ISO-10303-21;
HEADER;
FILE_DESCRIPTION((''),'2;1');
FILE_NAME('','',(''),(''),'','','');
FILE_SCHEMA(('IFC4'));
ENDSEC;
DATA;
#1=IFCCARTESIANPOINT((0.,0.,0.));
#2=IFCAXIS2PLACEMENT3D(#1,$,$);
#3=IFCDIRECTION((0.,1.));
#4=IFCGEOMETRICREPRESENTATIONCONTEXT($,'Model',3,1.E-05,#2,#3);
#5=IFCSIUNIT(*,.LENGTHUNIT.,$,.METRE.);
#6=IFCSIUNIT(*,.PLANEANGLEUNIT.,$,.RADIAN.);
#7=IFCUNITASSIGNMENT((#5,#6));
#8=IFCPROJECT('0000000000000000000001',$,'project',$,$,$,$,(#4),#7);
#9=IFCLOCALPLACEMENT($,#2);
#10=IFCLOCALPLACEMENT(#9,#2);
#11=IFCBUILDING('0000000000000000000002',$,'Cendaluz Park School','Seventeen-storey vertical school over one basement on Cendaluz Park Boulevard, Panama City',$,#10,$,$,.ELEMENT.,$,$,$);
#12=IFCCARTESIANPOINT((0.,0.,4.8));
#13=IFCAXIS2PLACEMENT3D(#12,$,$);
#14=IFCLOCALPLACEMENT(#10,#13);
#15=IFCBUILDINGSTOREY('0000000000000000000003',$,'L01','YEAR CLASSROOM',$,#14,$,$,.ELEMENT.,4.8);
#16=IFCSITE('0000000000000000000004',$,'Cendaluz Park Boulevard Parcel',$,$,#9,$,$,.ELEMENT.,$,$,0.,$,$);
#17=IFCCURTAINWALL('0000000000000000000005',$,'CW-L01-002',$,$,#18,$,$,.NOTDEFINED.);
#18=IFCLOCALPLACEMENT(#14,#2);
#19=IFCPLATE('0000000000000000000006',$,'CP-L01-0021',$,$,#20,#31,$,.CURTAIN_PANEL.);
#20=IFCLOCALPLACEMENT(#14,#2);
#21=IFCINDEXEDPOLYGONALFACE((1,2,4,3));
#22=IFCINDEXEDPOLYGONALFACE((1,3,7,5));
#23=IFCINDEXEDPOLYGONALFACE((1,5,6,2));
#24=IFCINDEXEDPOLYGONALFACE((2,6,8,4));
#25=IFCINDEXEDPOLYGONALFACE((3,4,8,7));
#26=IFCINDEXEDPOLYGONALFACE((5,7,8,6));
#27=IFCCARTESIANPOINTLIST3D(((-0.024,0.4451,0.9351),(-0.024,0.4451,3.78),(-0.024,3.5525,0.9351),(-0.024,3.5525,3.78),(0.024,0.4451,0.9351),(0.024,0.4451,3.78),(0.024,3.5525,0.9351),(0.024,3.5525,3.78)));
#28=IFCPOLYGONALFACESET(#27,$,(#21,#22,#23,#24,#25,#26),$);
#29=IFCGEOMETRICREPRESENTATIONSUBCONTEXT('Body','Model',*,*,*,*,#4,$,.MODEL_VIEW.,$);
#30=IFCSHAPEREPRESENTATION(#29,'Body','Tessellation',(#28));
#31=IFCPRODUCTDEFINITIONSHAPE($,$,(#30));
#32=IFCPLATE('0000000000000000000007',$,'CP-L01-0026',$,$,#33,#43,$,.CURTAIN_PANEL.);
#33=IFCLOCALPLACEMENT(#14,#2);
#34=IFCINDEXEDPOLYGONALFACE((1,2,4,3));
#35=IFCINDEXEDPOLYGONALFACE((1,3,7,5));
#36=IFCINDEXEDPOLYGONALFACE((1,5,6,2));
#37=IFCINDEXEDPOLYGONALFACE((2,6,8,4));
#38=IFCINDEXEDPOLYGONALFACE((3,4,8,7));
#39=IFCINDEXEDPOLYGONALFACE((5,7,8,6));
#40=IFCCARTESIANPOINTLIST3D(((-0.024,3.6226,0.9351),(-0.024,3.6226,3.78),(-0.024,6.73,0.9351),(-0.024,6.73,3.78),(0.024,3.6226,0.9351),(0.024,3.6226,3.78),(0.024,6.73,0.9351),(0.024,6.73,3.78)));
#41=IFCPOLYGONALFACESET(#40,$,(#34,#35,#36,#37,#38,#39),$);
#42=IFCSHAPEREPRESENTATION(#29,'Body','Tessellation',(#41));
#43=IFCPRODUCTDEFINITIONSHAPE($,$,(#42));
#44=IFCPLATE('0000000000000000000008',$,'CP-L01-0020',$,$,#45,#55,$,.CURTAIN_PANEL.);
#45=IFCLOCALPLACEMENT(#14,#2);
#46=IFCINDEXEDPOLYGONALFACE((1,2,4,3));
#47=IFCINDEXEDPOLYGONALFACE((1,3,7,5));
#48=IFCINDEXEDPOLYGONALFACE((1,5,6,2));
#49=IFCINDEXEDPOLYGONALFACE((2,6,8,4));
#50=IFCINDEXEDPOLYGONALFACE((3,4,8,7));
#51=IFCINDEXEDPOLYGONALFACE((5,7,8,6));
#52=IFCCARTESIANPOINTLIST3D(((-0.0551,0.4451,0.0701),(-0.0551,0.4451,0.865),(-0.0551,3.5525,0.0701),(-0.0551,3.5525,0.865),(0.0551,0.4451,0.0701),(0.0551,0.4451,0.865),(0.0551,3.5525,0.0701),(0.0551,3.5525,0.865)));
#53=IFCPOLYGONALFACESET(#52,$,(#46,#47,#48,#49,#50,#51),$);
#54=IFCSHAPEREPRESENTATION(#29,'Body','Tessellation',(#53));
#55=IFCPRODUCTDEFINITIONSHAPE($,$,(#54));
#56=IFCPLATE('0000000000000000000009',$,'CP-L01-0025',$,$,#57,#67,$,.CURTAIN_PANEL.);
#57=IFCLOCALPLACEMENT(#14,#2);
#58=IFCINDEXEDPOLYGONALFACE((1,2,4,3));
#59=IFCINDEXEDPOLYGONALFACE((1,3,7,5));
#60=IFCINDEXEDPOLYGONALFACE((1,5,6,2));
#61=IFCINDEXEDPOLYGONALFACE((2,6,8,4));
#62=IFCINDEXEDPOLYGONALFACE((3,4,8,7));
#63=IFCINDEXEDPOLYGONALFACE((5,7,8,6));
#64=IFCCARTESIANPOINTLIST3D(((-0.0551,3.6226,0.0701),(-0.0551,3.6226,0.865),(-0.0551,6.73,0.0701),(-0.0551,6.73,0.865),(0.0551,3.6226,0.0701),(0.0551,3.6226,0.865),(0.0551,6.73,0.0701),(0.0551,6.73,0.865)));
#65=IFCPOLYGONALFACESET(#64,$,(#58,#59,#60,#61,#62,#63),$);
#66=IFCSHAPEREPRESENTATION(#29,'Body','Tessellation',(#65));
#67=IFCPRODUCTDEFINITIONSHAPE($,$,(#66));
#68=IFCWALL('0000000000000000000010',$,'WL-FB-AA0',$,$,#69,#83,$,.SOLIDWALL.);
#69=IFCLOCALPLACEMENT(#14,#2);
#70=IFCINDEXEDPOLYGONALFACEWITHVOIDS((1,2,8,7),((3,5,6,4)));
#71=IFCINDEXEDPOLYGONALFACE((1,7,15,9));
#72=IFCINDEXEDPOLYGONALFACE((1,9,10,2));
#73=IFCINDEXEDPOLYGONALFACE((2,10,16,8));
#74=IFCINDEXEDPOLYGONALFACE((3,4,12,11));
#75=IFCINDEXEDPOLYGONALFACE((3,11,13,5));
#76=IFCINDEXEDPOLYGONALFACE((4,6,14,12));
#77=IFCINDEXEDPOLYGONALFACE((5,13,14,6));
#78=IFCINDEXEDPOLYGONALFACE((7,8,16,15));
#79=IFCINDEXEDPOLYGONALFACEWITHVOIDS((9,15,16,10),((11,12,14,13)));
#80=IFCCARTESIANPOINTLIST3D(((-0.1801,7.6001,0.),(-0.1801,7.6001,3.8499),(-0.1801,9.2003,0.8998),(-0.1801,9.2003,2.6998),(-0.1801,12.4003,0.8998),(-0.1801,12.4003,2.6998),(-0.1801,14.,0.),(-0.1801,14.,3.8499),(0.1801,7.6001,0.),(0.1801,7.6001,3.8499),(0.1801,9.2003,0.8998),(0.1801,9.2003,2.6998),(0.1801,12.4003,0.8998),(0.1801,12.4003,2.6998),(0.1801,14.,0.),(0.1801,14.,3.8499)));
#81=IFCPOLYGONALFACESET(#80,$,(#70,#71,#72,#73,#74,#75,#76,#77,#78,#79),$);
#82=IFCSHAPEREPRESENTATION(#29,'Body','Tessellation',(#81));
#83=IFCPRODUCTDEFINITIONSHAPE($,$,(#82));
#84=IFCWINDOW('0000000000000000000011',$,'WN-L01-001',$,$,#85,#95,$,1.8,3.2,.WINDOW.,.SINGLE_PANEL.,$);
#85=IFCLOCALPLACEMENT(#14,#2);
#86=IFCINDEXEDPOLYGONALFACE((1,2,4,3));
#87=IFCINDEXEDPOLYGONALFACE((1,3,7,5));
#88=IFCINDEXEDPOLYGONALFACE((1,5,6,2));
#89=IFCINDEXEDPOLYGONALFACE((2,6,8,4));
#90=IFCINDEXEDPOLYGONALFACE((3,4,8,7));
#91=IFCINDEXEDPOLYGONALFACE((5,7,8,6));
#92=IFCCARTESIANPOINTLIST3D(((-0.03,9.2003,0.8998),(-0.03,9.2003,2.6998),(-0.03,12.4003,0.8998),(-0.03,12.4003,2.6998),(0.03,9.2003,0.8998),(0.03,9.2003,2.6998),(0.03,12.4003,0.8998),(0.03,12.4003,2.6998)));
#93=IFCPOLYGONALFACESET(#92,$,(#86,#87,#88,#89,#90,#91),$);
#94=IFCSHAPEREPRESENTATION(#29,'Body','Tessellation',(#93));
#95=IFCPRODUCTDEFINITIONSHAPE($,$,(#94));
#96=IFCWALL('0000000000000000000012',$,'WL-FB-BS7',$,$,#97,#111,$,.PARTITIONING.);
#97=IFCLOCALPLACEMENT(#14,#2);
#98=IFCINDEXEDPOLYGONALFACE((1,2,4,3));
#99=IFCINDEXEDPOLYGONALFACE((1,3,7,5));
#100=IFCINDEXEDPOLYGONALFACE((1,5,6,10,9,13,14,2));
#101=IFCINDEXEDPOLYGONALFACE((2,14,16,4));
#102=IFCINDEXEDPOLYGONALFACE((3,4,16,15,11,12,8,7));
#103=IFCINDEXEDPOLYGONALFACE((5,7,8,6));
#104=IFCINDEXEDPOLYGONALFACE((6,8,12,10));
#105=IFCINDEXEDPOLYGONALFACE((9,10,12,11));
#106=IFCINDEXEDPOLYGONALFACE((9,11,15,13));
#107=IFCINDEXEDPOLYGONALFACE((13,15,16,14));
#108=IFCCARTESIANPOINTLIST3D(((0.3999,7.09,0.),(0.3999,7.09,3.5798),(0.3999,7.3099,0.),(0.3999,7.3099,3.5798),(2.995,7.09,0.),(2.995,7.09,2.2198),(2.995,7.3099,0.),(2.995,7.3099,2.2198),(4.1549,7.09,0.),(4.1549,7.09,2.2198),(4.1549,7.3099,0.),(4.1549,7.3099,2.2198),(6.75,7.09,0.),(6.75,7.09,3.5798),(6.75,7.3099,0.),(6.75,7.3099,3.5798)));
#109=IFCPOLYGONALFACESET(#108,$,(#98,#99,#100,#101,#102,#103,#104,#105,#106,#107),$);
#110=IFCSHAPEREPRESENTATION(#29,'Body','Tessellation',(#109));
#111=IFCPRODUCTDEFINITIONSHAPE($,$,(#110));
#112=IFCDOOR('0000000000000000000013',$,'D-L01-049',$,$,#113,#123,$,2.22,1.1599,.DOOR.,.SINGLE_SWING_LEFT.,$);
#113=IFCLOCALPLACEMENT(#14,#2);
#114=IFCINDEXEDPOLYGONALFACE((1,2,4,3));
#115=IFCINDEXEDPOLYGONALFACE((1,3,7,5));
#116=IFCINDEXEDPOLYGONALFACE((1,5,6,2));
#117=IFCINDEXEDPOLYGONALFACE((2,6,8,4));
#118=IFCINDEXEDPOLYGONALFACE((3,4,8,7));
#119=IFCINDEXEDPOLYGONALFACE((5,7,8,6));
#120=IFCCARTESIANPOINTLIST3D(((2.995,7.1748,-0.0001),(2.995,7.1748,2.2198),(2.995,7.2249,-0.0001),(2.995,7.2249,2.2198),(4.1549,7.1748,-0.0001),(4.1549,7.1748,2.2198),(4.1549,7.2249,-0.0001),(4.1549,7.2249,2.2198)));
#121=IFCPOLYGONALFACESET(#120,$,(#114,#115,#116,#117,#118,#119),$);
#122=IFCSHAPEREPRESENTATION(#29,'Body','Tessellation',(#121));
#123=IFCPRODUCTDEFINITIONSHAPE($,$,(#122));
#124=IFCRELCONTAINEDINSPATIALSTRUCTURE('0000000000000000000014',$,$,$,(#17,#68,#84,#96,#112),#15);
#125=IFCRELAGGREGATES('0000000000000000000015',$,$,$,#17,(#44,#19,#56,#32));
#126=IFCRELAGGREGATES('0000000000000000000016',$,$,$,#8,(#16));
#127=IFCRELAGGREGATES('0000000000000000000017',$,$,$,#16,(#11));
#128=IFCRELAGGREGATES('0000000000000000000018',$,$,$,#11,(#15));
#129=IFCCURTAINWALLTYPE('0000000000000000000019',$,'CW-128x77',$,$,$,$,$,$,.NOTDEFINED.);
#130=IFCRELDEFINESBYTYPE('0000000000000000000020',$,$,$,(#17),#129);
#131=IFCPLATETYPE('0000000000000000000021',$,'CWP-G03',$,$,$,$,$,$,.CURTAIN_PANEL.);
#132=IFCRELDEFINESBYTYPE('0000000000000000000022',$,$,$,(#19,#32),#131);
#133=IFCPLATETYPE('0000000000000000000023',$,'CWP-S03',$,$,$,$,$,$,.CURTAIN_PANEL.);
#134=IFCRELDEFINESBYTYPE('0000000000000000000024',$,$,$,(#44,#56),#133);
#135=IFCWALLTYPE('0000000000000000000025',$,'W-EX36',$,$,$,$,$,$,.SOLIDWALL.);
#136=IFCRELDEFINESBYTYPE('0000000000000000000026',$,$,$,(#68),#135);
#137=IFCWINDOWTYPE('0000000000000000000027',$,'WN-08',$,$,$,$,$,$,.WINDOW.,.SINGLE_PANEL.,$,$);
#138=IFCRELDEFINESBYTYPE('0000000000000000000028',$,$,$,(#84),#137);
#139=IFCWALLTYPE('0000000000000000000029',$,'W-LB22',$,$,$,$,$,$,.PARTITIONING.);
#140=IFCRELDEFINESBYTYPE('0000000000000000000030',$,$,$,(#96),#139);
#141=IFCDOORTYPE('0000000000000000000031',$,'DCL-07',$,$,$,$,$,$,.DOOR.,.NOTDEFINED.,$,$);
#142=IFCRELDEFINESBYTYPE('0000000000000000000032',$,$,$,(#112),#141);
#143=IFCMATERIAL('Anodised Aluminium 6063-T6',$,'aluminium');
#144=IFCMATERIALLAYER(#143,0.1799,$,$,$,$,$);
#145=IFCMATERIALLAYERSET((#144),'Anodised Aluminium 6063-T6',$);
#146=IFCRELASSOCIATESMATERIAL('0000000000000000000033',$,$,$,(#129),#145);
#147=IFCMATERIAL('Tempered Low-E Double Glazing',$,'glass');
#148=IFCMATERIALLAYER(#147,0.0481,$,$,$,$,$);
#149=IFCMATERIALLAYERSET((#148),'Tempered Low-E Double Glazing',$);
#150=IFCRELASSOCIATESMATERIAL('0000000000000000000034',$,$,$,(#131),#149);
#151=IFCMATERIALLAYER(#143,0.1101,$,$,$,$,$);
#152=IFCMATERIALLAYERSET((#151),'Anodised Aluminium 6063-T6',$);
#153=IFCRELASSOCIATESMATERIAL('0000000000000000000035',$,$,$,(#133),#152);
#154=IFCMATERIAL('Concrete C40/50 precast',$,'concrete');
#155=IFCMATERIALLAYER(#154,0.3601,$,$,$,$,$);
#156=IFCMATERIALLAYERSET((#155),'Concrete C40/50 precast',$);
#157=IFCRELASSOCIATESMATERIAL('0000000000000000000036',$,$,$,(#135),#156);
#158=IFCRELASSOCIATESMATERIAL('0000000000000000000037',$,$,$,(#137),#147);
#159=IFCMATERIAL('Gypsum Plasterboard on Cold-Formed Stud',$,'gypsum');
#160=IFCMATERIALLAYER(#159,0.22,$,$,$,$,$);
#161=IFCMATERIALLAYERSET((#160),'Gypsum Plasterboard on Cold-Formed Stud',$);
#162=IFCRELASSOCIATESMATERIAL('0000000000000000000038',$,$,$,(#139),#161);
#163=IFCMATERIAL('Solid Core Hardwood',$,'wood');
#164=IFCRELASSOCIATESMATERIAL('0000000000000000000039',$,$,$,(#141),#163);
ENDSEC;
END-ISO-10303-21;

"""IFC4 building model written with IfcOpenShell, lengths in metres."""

from ifc_helpers import new_model, si_unit, direction, frame, frame_2d, origin, origin_2d, place, context, subcontext, project, spatial, rectangle, extrude, material, layer, layer_set, type_object, element, fill, aggregate, save


model = new_model("IFC4")

# Units and contexts
model_context = context("Model", 3, precision=1e-05, world=origin(), true_north=direction((0.0, 1.0)))
body_context = subcontext(model_context, "Body", "Model", "MODEL_VIEW")
ifc_project = project(units=[si_unit("LENGTHUNIT", "METRE"), si_unit("PLANEANGLEUNIT", "RADIAN")], contexts=[model_context])

# Site, building, storey
site_placement = place(None, origin())
site = spatial("IfcSite", under=ifc_project, at=site_placement, Name="Cendaluz Park Boulevard Parcel", CompositionType="ELEMENT", RefElevation=0.0)
building_placement = place(site_placement, origin())
building = spatial("IfcBuilding", under=site, at=building_placement, Name="Cendaluz Park School", Description="Seventeen-storey vertical school over one basement on Cendaluz Park Boulevard, Panama City", CompositionType="ELEMENT")
storey_placement = place(building_placement, frame((0.0, 0.0, 4.8)))
storey = spatial("IfcBuildingStorey", under=building, at=storey_placement, Name="L01", Description="YEAR CLASSROOM", CompositionType="ELEMENT", Elevation=4.8)

# Curtain wall
ifc_material_1 = material(Name="Anodised Aluminium 6063-T6", Category="aluminium")
ifc_layer_1 = layer(ifc_material_1, 0.1799)
ifc_layer_set_1 = layer_set([ifc_layer_1], Name="Anodised Aluminium 6063-T6")
curtain_wall_type = type_object("IfcCurtainWallType", Name="CW-128x77", PredefinedType="NOTDEFINED", material=ifc_layer_set_1)
curtain_wall_placement = place(storey_placement, origin())
curtain_wall = element("IfcCurtainWall", 1, at=curtain_wall_placement, inside=storey, type_object=curtain_wall_type, Name="CW-L01-002", PredefinedType="NOTDEFINED")

# Plates
ifc_material_2 = material(Name="Tempered Low-E Double Glazing", Category="glass")
ifc_layer_2 = layer(ifc_material_2, 0.0481)
ifc_layer_set_2 = layer_set([ifc_layer_2], Name="Tempered Low-E Double Glazing")
plate_type_1 = type_object("IfcPlateType", Name="CWP-G03", PredefinedType="CURTAIN_PANEL", material=ifc_layer_set_2)
plate_1_placement = place(storey_placement, frame((0.0, 1.9988, 0.9351), z_axis=(0.0, 0.0, 1.0), x_axis=(0.0, 1.0, 0.0)))
plate_1 = element("IfcPlate", 2, at=plate_1_placement, type_object=plate_type_1, Name="CP-L01-0021", PredefinedType="CURTAIN_PANEL", context=body_context, shape_type="SweptSolid", body=[
    extrude(rectangle(XDim=3.1074, YDim=0.0481, at=origin_2d()), origin(), (0.0, 0.0, 1.0), 2.845),
])
plate_2_placement = place(storey_placement, frame((0.0, 5.1763, 0.9351), z_axis=(0.0, 0.0, 1.0), x_axis=(0.0, 1.0, 0.0)))
plate_2 = element("IfcPlate", 3, at=plate_2_placement, type_object=plate_type_1, Name="CP-L01-0026", PredefinedType="CURTAIN_PANEL", context=body_context, shape_type="SweptSolid", body=[
    extrude(rectangle(XDim=3.1074, YDim=0.0481, at=origin_2d()), origin(), (0.0, 0.0, 1.0), 2.845),
])
ifc_layer_3 = layer(ifc_material_1, 0.1101)
ifc_layer_set_3 = layer_set([ifc_layer_3], Name="Anodised Aluminium 6063-T6")
plate_type_2 = type_object("IfcPlateType", Name="CWP-S03", PredefinedType="CURTAIN_PANEL", material=ifc_layer_set_3)
plate_3_placement = place(storey_placement, frame((0.0, 1.9988, 0.0701), z_axis=(0.0, 0.0, 1.0), x_axis=(0.0, 1.0, 0.0)))
plate_3 = element("IfcPlate", 4, at=plate_3_placement, type_object=plate_type_2, Name="CP-L01-0020", PredefinedType="CURTAIN_PANEL", context=body_context, shape_type="SweptSolid", body=[
    extrude(rectangle(XDim=3.1074, YDim=0.1101, at=origin_2d()), origin(), (0.0, 0.0, 1.0), 0.7949),
])
plate_4_placement = place(storey_placement, frame((0.0, 5.1763, 0.0701), z_axis=(0.0, 0.0, 1.0), x_axis=(0.0, 1.0, 0.0)))
plate_4 = element("IfcPlate", 5, at=plate_4_placement, type_object=plate_type_2, Name="CP-L01-0025", PredefinedType="CURTAIN_PANEL", context=body_context, shape_type="SweptSolid", body=[
    extrude(rectangle(XDim=3.1074, YDim=0.1101, at=origin_2d()), origin(), (0.0, 0.0, 1.0), 0.7949),
])
aggregate(curtain_wall, [plate_3, plate_1, plate_4, plate_2])

# Wall, opening, window
ifc_material_3 = material(Name="Concrete C40/50 precast", Category="concrete")
ifc_layer_4 = layer(ifc_material_3, 0.3601)
ifc_layer_set_4 = layer_set([ifc_layer_4], Name="Concrete C40/50 precast")
wall_type_1 = type_object("IfcWallType", Name="W-EX36", PredefinedType="SOLIDWALL", material=ifc_layer_set_4)
wall_1_placement = place(storey_placement, frame((0.0, 7.6001, 0.0), z_axis=(0.0, 0.0, 1.0), x_axis=(0.0, 1.0, 0.0)))
wall_1 = element("IfcWall", 6, at=wall_1_placement, inside=storey, type_object=wall_type_1, Name="WL-FB-AA0", PredefinedType="SOLIDWALL", context=body_context, shape_type="SweptSolid", body=[
    extrude(rectangle(XDim=6.3999, YDim=0.3601, at=frame_2d((3.2, 0.0))), origin(), (0.0, 0.0, 1.0), 3.8499),
])
opening_1_placement = place(wall_1_placement, frame((1.6001, 0.0, 0.8999)))
opening_1 = element("IfcOpeningElement", 7, at=opening_1_placement, cuts=wall_1, PredefinedType="OPENING", context=body_context, shape_type="SweptSolid", body=[
    extrude(rectangle(XDim=3.2, YDim=1.8, at=frame_2d((1.6001, 0.8999))), frame((0.0, 0.1921, 0.0), z_axis=(0.0, -1.0, 0.0), x_axis=(1.0, 0.0, 0.0)), (0.0, 0.0, 1.0), 0.384),
])
window_type = type_object("IfcWindowType", Name="WN-08", PartitioningType="SINGLE_PANEL", PredefinedType="WINDOW", material=ifc_material_2)
window_placement = place(opening_1_placement, origin())
window = element("IfcWindow", 8, at=window_placement, inside=storey, type_object=window_type, Name="WN-L01-001", OverallHeight=1.8, OverallWidth=3.2, PartitioningType="SINGLE_PANEL", PredefinedType="WINDOW", context=body_context, shape_type="SweptSolid", body=[
    extrude(rectangle(XDim=3.2, YDim=1.8, at=frame_2d((1.6001, 0.8999))), frame((0.0, 0.03, 0.0), z_axis=(0.0, -1.0, 0.0), x_axis=(1.0, 0.0, 0.0)), (0.0, 0.0, 1.0), 0.0601),
])
fill(opening_1, window)

# Wall, opening, door
ifc_material_4 = material(Name="Gypsum Plasterboard on Cold-Formed Stud", Category="gypsum")
ifc_layer_5 = layer(ifc_material_4, 0.22)
ifc_layer_set_5 = layer_set([ifc_layer_5], Name="Gypsum Plasterboard on Cold-Formed Stud")
wall_type_2 = type_object("IfcWallType", Name="W-LB22", PredefinedType="PARTITIONING", material=ifc_layer_set_5)
wall_2_placement = place(storey_placement, frame((0.3999, 7.2, 0.0), z_axis=(0.0, 0.0, 1.0), x_axis=(1.0, 0.0, 0.0)))
wall_2 = element("IfcWall", 9, at=wall_2_placement, inside=storey, type_object=wall_type_2, Name="WL-FB-BS7", PredefinedType="PARTITIONING", context=body_context, shape_type="SweptSolid", body=[
    extrude(rectangle(XDim=6.3501, YDim=0.22, at=frame_2d((3.175, 0.0))), origin(), (0.0, 0.0, 1.0), 3.5798),
])
opening_2_placement = place(wall_2_placement, frame((2.595, 0.0, 0.0)))
opening_2 = element("IfcOpeningElement", 10, at=opening_2_placement, cuts=wall_2, PredefinedType="OPENING", context=body_context, shape_type="SweptSolid", body=[
    extrude(rectangle(XDim=1.1599, YDim=2.22, at=frame_2d((0.5801, 1.1099))), frame((0.0, 0.1221, 0.0), z_axis=(0.0, -1.0, 0.0), x_axis=(1.0, 0.0, 0.0)), (0.0, 0.0, 1.0), 0.2439),
])
ifc_material_5 = material(Name="Solid Core Hardwood", Category="wood")
door_type = type_object("IfcDoorType", Name="DCL-07", OperationType="NOTDEFINED", PredefinedType="DOOR", material=ifc_material_5)
door_placement = place(opening_2_placement, origin())
door = element("IfcDoor", 11, at=door_placement, inside=storey, type_object=door_type, Name="D-L01-049", OperationType="SINGLE_SWING_LEFT", OverallHeight=2.22, OverallWidth=1.1599, PredefinedType="DOOR", context=body_context, shape_type="SweptSolid", body=[
    extrude(rectangle(XDim=1.1599, YDim=2.22, at=frame_2d((0.5801, 1.1099))), frame((0.0, 0.0249, 0.0), z_axis=(0.0, -1.0, 0.0), x_axis=(1.0, 0.0, 0.0)), (0.0, 0.0, 1.0), 0.05),
])
fill(opening_2, door)

save(model, "model.ifc")
